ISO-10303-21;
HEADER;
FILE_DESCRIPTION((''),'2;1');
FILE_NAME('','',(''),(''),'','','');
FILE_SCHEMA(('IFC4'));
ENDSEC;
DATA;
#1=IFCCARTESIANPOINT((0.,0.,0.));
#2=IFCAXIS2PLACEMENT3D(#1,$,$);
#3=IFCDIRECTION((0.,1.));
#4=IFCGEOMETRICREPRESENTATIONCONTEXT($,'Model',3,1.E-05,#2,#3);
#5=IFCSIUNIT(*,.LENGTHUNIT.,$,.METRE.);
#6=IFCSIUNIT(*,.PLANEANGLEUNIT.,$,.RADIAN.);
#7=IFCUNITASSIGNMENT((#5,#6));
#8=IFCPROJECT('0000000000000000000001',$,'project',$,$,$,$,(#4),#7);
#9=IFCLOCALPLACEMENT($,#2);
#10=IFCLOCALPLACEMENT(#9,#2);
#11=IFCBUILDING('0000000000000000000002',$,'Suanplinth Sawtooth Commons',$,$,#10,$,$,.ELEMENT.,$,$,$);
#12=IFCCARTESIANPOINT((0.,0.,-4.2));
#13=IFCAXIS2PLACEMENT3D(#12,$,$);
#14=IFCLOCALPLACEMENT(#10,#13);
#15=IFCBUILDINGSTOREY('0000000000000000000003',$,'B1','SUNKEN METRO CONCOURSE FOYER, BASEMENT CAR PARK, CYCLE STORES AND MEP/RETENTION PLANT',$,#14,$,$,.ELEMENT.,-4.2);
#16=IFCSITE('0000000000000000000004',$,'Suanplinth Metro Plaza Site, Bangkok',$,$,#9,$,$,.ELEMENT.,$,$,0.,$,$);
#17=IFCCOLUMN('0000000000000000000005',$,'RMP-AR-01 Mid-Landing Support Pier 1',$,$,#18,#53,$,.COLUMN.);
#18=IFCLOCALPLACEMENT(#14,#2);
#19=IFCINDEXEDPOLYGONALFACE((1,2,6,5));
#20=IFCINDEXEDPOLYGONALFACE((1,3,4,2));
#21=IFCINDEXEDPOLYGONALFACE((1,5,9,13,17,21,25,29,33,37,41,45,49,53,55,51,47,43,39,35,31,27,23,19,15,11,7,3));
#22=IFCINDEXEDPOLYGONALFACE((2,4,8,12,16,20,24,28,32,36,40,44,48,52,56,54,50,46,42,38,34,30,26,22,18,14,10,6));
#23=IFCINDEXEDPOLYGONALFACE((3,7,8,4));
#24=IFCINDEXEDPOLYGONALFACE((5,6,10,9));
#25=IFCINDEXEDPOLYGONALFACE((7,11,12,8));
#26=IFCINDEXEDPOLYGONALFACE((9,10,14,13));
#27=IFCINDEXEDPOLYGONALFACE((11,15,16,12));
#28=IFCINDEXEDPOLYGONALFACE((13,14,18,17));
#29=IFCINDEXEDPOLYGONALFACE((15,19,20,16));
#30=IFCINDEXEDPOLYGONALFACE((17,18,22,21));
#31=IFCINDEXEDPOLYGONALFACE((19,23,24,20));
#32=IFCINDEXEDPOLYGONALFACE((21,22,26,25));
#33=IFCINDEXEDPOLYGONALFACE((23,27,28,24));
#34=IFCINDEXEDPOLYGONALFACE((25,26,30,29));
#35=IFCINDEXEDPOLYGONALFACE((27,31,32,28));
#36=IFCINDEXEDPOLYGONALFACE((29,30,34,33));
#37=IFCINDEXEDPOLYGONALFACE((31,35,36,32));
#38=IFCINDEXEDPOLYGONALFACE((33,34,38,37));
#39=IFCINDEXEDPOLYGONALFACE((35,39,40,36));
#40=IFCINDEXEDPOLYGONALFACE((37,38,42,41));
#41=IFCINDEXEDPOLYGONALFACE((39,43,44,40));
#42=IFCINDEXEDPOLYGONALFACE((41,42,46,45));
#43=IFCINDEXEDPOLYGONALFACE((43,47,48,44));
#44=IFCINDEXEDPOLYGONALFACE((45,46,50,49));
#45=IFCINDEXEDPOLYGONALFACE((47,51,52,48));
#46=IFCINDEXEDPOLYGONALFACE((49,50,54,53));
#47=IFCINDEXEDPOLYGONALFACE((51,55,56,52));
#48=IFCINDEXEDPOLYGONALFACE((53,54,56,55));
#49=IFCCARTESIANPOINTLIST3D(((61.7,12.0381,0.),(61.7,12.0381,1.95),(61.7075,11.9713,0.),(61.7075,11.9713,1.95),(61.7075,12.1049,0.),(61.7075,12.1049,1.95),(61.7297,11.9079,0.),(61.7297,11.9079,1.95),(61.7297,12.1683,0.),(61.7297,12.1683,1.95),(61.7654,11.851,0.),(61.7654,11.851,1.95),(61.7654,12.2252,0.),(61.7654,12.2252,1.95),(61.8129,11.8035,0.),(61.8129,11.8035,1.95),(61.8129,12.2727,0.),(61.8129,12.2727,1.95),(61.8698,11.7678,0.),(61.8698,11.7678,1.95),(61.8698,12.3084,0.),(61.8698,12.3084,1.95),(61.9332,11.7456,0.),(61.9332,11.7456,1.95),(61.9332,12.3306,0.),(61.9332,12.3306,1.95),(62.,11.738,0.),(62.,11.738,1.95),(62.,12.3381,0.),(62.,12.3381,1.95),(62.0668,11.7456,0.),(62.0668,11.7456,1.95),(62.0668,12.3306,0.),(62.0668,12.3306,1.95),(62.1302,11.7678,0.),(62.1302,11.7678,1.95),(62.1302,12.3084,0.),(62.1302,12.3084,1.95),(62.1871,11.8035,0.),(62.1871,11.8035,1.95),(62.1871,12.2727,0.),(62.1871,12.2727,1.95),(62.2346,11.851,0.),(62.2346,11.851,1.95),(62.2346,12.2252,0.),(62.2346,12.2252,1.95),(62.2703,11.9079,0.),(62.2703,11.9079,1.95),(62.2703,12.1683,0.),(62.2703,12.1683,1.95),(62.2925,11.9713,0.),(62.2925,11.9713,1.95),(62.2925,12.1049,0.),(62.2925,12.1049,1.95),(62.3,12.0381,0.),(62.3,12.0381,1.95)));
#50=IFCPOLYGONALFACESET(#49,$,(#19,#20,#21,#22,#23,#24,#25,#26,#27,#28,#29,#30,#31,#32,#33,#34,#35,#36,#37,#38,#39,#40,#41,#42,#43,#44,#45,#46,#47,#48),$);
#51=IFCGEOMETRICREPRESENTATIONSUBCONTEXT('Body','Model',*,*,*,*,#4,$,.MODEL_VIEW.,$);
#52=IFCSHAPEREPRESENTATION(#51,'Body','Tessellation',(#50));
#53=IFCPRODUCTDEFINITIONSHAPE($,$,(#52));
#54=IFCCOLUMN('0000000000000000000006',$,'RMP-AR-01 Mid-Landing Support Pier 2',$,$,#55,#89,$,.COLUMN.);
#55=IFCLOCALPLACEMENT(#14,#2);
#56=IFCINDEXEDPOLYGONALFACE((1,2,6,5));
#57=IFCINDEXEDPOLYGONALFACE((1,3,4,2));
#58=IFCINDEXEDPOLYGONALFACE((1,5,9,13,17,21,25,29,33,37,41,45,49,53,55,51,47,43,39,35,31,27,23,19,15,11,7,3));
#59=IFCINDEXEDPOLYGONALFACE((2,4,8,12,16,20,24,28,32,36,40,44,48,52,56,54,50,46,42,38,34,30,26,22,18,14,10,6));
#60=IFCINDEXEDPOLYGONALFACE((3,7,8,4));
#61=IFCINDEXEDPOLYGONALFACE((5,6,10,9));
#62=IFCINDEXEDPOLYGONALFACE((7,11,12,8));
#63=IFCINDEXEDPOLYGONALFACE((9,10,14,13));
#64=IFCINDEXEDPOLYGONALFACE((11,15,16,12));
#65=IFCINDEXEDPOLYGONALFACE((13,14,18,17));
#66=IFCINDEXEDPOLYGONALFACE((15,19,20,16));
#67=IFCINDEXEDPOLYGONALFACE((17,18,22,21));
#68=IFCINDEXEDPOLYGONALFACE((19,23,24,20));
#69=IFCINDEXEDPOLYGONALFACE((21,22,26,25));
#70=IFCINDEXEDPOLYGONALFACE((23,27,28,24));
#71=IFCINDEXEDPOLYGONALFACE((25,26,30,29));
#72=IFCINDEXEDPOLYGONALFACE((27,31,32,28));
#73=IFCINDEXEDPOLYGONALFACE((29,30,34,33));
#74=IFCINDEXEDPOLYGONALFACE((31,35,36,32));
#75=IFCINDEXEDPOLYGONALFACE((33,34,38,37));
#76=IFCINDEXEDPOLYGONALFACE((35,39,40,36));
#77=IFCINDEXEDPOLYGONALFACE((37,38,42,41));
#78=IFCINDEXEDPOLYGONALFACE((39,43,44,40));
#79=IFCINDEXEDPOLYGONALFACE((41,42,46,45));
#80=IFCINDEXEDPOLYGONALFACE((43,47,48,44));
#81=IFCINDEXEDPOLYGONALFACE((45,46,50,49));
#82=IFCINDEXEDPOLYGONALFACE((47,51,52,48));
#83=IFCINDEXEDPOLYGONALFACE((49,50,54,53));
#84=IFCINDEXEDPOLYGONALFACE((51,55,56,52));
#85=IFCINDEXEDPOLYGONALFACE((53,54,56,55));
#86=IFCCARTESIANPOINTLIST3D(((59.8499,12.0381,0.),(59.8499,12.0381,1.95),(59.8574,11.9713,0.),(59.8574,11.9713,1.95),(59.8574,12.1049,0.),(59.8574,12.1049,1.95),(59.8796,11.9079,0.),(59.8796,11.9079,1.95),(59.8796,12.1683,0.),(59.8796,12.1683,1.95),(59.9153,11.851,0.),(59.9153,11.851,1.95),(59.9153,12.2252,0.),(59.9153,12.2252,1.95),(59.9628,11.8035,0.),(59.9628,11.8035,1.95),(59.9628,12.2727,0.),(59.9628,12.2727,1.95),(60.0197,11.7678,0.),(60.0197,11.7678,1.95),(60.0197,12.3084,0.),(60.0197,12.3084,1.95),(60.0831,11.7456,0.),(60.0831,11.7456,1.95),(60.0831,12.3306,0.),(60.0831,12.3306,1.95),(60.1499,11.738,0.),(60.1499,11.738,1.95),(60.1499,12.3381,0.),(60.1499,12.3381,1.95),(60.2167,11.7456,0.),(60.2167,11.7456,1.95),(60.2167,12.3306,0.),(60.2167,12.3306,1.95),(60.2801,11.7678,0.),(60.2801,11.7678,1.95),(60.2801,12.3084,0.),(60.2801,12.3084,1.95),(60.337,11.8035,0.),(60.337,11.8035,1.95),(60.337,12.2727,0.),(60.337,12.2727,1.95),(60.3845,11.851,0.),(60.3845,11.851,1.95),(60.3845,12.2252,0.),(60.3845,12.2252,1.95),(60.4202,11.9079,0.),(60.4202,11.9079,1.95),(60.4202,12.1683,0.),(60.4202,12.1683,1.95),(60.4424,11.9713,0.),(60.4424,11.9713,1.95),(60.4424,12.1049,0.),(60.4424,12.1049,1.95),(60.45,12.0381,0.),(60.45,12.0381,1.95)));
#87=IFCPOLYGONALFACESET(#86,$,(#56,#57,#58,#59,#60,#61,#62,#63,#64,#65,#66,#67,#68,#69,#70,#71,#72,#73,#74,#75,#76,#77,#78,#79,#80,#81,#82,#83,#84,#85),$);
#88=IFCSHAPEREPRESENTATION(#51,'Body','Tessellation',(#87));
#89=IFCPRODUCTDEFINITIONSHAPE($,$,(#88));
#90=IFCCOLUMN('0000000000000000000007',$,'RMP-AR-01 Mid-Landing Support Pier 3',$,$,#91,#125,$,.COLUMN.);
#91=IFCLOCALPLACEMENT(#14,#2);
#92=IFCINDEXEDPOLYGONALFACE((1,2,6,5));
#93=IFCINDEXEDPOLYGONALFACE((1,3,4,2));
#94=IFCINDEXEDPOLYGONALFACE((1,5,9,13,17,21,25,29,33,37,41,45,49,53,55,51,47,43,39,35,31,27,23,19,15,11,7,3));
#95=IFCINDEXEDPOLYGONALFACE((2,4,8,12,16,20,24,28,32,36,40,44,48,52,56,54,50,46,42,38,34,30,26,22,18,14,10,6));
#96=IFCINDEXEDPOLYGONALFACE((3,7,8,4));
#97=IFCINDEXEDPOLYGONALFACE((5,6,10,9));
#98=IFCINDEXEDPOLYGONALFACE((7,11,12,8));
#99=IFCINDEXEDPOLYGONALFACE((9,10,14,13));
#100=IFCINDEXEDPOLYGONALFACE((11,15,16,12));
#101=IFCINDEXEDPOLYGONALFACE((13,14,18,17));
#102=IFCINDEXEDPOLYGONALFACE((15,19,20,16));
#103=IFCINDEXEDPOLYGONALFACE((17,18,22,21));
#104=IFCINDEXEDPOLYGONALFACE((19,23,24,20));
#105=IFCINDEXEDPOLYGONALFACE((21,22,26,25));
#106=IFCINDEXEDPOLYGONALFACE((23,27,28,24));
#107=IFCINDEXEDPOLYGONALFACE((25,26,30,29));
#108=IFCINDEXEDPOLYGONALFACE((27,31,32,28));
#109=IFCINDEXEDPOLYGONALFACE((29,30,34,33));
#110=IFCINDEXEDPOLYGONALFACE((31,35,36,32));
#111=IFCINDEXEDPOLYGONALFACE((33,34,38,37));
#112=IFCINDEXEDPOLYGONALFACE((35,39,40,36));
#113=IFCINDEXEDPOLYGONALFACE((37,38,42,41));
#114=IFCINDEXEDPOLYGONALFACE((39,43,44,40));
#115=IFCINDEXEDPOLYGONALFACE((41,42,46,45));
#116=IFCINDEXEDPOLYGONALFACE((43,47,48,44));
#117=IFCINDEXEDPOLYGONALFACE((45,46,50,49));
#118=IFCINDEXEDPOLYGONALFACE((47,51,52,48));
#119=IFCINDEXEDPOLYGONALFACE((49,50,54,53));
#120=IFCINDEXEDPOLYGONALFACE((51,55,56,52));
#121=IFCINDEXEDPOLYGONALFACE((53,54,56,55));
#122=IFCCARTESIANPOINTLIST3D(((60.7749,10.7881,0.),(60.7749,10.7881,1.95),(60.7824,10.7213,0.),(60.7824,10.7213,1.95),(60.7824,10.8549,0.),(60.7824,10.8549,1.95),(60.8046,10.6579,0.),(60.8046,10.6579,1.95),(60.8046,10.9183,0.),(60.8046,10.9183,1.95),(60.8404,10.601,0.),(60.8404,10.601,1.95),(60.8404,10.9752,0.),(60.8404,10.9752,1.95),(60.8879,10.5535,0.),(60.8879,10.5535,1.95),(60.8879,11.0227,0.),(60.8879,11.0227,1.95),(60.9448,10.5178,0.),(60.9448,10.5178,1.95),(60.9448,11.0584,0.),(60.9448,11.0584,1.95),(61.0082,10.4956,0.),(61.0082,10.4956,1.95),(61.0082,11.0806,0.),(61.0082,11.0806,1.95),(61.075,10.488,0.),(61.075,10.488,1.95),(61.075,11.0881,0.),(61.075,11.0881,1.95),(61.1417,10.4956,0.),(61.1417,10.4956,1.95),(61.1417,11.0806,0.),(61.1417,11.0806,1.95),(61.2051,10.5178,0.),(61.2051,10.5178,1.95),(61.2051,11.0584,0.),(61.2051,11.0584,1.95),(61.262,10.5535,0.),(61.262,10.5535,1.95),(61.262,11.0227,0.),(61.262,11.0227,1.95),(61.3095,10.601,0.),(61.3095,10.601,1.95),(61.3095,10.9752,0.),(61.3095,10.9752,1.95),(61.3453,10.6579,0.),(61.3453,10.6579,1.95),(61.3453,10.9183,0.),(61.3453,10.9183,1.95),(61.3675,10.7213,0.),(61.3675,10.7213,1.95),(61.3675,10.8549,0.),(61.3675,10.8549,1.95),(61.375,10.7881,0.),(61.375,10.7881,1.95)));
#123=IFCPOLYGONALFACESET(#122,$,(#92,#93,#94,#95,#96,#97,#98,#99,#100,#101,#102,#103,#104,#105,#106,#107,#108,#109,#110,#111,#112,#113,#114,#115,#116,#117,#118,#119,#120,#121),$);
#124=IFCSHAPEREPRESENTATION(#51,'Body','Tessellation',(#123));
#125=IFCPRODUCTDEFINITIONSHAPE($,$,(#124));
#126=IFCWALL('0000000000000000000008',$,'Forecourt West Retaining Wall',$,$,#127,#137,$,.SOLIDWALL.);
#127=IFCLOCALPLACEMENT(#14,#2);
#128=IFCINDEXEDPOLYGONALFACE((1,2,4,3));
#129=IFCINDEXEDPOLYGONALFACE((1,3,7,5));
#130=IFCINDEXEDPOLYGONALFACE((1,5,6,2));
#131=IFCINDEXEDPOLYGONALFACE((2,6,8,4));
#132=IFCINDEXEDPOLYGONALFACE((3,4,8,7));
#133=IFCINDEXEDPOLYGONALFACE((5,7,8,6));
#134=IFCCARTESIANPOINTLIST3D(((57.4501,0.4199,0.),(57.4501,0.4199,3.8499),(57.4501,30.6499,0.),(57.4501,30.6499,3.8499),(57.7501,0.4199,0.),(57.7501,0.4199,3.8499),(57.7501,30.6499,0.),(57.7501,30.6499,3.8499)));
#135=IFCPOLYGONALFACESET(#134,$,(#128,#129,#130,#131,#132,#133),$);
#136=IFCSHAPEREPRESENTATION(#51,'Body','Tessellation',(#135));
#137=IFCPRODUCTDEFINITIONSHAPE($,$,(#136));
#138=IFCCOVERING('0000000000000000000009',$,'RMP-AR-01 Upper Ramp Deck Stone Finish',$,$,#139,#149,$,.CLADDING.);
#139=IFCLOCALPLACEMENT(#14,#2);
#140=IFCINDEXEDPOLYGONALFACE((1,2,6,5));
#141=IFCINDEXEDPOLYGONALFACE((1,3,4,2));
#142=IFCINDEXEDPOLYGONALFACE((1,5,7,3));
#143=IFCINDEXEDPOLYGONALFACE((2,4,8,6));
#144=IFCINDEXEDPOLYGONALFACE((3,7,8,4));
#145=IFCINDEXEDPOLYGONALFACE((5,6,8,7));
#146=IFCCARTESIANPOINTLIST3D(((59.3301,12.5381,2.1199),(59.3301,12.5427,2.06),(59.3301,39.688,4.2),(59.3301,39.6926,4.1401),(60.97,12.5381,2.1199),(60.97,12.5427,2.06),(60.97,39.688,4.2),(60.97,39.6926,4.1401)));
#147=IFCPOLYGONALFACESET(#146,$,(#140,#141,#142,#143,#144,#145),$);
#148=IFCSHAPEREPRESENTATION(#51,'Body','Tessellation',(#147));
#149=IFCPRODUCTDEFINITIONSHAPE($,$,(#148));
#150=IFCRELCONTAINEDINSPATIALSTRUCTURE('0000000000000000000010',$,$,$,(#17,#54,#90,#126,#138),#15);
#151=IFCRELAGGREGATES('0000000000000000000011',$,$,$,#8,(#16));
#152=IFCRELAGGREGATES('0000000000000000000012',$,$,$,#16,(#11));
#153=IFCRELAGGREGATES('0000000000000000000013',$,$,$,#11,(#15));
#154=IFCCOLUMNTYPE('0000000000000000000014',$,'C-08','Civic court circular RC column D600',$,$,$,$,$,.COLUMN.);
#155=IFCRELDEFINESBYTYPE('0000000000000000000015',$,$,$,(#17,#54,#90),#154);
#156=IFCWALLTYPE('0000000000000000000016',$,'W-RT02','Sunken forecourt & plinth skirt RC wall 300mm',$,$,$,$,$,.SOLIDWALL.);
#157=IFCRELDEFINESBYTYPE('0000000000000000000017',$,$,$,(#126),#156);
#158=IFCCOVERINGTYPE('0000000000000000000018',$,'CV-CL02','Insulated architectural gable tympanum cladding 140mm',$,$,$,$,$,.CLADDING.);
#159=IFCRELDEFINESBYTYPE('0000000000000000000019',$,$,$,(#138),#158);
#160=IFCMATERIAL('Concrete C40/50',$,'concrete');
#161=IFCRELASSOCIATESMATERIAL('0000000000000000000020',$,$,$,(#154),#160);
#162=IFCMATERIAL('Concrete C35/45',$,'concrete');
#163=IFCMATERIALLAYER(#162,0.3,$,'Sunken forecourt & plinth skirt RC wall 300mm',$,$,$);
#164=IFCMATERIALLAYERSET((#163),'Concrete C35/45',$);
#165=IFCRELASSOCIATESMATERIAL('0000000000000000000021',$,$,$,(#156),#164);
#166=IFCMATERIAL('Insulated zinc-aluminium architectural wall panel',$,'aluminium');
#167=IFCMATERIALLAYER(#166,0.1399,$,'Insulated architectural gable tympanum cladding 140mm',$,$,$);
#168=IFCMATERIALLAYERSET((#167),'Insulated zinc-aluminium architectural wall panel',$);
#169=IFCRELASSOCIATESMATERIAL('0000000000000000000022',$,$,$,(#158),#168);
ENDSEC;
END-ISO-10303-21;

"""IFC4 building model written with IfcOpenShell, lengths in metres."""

from ifc_helpers import new_model, si_unit, direction, frame, frame_2d, origin, origin_2d, place, context, subcontext, project, spatial, polyline, rectangle, circle, outline, extrude, material, layer, layer_set, material_profile, profile_set, type_object, element, save


model = new_model("IFC4")

# Units and contexts
model_context = context("Model", 3, precision=1e-05, world=origin(), true_north=direction((0.0, 1.0)))
body_context = subcontext(model_context, "Body", "Model", "MODEL_VIEW")
ifc_project = project(units=[si_unit("LENGTHUNIT", "METRE"), si_unit("PLANEANGLEUNIT", "RADIAN")], contexts=[model_context])

# Site, building, storey
site_placement = place(None, origin())
site = spatial("IfcSite", under=ifc_project, at=site_placement, Name="Suanplinth Metro Plaza Site, Bangkok", CompositionType="ELEMENT", RefElevation=0.0)
building_placement = place(site_placement, origin())
building = spatial("IfcBuilding", under=site, at=building_placement, Name="Suanplinth Sawtooth Commons", CompositionType="ELEMENT")
storey_placement = place(building_placement, frame((0.0, 0.0, -4.2)))
storey = spatial("IfcBuildingStorey", under=building, at=storey_placement, Name="B1", Description="SUNKEN METRO CONCOURSE FOYER, BASEMENT CAR PARK, CYCLE STORES AND MEP/RETENTION PLANT", CompositionType="ELEMENT", Elevation=-4.2)

# Shared definitions
ifc_material_1 = material(Name="Concrete C35/45", Category="concrete")

# Columns
ifc_material_2 = material(Name="Concrete C40/50", Category="concrete")
ifc_material_profile_1 = material_profile(ifc_material_2, circle(Radius=0.3, at=origin_2d()), Name="RC-CIRC D600")
ifc_profile_set_1 = profile_set([ifc_material_profile_1], Name="Concrete C40/50")
column_type_1 = type_object("IfcColumnType", Name="C-08", Description="Civic court circular RC column D600", PredefinedType="COLUMN", material=ifc_profile_set_1)
for number, where, z_axis, x_axis, name in (
    (1, (62.0, 12.0381, 0.0), (0.0, 0.0, 1.0), (1.0, 0.0, 0.0), "RMP-AR-01 Mid-Landing Support Pier 1"),
    (2, (60.1499, 12.0381, 0.0), (0.0, 0.0, 1.0), (1.0, 0.0, 0.0), "RMP-AR-01 Mid-Landing Support Pier 2"),
    (3, (61.075, 10.7881, 0.0), (0.0, 0.0, 1.0), (1.0, 0.0, 0.0), "RMP-AR-01 Mid-Landing Support Pier 3"),
):
    element("IfcColumn", number, at=place(storey_placement, frame(where, z_axis=z_axis, x_axis=x_axis)), inside=storey, type_object=column_type_1, Name=name, PredefinedType="COLUMN", context=body_context, shape_type="SweptSolid", body=[
        extrude(circle(Radius=0.3, at=origin_2d()), origin(), (0.0, 0.0, 1.0), 1.95),
    ])

# Wall
ifc_layer_1 = layer(ifc_material_1, 0.3, Name="Sunken forecourt & plinth skirt RC wall 300mm")
ifc_layer_set_1 = layer_set([ifc_layer_1], Name="Concrete C35/45")
wall_type = type_object("IfcWallType", Name="W-RT02", Description="Sunken forecourt & plinth skirt RC wall 300mm", PredefinedType="SOLIDWALL", material=ifc_layer_set_1)
wall_placement = place(storey_placement, frame((57.6001, 0.4199, 0.0), z_axis=(0.0, 0.0, 1.0), x_axis=(0.0, 1.0, 0.0)))
element("IfcWall", 4, at=wall_placement, inside=storey, type_object=wall_type, Name="Forecourt West Retaining Wall", PredefinedType="SOLIDWALL", context=body_context, shape_type="SweptSolid", body=[
    extrude(rectangle(XDim=30.23, YDim=0.3, at=frame_2d((15.115, 0.0))), origin(), (0.0, 0.0, 1.0), 3.8499),
])

# Covering
ifc_material_3 = material(Name="Insulated zinc-aluminium architectural wall panel", Category="aluminium")
ifc_layer_2 = layer(ifc_material_3, 0.1399, Name="Insulated architectural gable tympanum cladding 140mm")
ifc_layer_set_2 = layer_set([ifc_layer_2], Name="Insulated zinc-aluminium architectural wall panel")
covering_type = type_object("IfcCoveringType", Name="CV-CL02", Description="Insulated architectural gable tympanum cladding 140mm", PredefinedType="CLADDING", material=ifc_layer_set_2)
covering_placement = place(storey_placement, frame((59.3301, 12.5381, 2.1199), z_axis=(0.0, -0.076391, 0.997078), x_axis=(1.0, 0.0, 0.0)))
element("IfcCovering", 5, at=covering_placement, inside=storey, type_object=covering_type, Name="RMP-AR-01 Upper Ramp Deck Stone Finish", PredefinedType="CLADDING", context=body_context, shape_type="SweptSolid", body=[
    extrude(outline(polyline([(0.0, 0.0), (1.6399, 0.0), (1.6399, 27.2295), (0.0, 27.2295), (0.0, 0.0)])), origin(), (0.0, 0.0, -1.0), 0.0601),
])

save(model, "model.ifc")
